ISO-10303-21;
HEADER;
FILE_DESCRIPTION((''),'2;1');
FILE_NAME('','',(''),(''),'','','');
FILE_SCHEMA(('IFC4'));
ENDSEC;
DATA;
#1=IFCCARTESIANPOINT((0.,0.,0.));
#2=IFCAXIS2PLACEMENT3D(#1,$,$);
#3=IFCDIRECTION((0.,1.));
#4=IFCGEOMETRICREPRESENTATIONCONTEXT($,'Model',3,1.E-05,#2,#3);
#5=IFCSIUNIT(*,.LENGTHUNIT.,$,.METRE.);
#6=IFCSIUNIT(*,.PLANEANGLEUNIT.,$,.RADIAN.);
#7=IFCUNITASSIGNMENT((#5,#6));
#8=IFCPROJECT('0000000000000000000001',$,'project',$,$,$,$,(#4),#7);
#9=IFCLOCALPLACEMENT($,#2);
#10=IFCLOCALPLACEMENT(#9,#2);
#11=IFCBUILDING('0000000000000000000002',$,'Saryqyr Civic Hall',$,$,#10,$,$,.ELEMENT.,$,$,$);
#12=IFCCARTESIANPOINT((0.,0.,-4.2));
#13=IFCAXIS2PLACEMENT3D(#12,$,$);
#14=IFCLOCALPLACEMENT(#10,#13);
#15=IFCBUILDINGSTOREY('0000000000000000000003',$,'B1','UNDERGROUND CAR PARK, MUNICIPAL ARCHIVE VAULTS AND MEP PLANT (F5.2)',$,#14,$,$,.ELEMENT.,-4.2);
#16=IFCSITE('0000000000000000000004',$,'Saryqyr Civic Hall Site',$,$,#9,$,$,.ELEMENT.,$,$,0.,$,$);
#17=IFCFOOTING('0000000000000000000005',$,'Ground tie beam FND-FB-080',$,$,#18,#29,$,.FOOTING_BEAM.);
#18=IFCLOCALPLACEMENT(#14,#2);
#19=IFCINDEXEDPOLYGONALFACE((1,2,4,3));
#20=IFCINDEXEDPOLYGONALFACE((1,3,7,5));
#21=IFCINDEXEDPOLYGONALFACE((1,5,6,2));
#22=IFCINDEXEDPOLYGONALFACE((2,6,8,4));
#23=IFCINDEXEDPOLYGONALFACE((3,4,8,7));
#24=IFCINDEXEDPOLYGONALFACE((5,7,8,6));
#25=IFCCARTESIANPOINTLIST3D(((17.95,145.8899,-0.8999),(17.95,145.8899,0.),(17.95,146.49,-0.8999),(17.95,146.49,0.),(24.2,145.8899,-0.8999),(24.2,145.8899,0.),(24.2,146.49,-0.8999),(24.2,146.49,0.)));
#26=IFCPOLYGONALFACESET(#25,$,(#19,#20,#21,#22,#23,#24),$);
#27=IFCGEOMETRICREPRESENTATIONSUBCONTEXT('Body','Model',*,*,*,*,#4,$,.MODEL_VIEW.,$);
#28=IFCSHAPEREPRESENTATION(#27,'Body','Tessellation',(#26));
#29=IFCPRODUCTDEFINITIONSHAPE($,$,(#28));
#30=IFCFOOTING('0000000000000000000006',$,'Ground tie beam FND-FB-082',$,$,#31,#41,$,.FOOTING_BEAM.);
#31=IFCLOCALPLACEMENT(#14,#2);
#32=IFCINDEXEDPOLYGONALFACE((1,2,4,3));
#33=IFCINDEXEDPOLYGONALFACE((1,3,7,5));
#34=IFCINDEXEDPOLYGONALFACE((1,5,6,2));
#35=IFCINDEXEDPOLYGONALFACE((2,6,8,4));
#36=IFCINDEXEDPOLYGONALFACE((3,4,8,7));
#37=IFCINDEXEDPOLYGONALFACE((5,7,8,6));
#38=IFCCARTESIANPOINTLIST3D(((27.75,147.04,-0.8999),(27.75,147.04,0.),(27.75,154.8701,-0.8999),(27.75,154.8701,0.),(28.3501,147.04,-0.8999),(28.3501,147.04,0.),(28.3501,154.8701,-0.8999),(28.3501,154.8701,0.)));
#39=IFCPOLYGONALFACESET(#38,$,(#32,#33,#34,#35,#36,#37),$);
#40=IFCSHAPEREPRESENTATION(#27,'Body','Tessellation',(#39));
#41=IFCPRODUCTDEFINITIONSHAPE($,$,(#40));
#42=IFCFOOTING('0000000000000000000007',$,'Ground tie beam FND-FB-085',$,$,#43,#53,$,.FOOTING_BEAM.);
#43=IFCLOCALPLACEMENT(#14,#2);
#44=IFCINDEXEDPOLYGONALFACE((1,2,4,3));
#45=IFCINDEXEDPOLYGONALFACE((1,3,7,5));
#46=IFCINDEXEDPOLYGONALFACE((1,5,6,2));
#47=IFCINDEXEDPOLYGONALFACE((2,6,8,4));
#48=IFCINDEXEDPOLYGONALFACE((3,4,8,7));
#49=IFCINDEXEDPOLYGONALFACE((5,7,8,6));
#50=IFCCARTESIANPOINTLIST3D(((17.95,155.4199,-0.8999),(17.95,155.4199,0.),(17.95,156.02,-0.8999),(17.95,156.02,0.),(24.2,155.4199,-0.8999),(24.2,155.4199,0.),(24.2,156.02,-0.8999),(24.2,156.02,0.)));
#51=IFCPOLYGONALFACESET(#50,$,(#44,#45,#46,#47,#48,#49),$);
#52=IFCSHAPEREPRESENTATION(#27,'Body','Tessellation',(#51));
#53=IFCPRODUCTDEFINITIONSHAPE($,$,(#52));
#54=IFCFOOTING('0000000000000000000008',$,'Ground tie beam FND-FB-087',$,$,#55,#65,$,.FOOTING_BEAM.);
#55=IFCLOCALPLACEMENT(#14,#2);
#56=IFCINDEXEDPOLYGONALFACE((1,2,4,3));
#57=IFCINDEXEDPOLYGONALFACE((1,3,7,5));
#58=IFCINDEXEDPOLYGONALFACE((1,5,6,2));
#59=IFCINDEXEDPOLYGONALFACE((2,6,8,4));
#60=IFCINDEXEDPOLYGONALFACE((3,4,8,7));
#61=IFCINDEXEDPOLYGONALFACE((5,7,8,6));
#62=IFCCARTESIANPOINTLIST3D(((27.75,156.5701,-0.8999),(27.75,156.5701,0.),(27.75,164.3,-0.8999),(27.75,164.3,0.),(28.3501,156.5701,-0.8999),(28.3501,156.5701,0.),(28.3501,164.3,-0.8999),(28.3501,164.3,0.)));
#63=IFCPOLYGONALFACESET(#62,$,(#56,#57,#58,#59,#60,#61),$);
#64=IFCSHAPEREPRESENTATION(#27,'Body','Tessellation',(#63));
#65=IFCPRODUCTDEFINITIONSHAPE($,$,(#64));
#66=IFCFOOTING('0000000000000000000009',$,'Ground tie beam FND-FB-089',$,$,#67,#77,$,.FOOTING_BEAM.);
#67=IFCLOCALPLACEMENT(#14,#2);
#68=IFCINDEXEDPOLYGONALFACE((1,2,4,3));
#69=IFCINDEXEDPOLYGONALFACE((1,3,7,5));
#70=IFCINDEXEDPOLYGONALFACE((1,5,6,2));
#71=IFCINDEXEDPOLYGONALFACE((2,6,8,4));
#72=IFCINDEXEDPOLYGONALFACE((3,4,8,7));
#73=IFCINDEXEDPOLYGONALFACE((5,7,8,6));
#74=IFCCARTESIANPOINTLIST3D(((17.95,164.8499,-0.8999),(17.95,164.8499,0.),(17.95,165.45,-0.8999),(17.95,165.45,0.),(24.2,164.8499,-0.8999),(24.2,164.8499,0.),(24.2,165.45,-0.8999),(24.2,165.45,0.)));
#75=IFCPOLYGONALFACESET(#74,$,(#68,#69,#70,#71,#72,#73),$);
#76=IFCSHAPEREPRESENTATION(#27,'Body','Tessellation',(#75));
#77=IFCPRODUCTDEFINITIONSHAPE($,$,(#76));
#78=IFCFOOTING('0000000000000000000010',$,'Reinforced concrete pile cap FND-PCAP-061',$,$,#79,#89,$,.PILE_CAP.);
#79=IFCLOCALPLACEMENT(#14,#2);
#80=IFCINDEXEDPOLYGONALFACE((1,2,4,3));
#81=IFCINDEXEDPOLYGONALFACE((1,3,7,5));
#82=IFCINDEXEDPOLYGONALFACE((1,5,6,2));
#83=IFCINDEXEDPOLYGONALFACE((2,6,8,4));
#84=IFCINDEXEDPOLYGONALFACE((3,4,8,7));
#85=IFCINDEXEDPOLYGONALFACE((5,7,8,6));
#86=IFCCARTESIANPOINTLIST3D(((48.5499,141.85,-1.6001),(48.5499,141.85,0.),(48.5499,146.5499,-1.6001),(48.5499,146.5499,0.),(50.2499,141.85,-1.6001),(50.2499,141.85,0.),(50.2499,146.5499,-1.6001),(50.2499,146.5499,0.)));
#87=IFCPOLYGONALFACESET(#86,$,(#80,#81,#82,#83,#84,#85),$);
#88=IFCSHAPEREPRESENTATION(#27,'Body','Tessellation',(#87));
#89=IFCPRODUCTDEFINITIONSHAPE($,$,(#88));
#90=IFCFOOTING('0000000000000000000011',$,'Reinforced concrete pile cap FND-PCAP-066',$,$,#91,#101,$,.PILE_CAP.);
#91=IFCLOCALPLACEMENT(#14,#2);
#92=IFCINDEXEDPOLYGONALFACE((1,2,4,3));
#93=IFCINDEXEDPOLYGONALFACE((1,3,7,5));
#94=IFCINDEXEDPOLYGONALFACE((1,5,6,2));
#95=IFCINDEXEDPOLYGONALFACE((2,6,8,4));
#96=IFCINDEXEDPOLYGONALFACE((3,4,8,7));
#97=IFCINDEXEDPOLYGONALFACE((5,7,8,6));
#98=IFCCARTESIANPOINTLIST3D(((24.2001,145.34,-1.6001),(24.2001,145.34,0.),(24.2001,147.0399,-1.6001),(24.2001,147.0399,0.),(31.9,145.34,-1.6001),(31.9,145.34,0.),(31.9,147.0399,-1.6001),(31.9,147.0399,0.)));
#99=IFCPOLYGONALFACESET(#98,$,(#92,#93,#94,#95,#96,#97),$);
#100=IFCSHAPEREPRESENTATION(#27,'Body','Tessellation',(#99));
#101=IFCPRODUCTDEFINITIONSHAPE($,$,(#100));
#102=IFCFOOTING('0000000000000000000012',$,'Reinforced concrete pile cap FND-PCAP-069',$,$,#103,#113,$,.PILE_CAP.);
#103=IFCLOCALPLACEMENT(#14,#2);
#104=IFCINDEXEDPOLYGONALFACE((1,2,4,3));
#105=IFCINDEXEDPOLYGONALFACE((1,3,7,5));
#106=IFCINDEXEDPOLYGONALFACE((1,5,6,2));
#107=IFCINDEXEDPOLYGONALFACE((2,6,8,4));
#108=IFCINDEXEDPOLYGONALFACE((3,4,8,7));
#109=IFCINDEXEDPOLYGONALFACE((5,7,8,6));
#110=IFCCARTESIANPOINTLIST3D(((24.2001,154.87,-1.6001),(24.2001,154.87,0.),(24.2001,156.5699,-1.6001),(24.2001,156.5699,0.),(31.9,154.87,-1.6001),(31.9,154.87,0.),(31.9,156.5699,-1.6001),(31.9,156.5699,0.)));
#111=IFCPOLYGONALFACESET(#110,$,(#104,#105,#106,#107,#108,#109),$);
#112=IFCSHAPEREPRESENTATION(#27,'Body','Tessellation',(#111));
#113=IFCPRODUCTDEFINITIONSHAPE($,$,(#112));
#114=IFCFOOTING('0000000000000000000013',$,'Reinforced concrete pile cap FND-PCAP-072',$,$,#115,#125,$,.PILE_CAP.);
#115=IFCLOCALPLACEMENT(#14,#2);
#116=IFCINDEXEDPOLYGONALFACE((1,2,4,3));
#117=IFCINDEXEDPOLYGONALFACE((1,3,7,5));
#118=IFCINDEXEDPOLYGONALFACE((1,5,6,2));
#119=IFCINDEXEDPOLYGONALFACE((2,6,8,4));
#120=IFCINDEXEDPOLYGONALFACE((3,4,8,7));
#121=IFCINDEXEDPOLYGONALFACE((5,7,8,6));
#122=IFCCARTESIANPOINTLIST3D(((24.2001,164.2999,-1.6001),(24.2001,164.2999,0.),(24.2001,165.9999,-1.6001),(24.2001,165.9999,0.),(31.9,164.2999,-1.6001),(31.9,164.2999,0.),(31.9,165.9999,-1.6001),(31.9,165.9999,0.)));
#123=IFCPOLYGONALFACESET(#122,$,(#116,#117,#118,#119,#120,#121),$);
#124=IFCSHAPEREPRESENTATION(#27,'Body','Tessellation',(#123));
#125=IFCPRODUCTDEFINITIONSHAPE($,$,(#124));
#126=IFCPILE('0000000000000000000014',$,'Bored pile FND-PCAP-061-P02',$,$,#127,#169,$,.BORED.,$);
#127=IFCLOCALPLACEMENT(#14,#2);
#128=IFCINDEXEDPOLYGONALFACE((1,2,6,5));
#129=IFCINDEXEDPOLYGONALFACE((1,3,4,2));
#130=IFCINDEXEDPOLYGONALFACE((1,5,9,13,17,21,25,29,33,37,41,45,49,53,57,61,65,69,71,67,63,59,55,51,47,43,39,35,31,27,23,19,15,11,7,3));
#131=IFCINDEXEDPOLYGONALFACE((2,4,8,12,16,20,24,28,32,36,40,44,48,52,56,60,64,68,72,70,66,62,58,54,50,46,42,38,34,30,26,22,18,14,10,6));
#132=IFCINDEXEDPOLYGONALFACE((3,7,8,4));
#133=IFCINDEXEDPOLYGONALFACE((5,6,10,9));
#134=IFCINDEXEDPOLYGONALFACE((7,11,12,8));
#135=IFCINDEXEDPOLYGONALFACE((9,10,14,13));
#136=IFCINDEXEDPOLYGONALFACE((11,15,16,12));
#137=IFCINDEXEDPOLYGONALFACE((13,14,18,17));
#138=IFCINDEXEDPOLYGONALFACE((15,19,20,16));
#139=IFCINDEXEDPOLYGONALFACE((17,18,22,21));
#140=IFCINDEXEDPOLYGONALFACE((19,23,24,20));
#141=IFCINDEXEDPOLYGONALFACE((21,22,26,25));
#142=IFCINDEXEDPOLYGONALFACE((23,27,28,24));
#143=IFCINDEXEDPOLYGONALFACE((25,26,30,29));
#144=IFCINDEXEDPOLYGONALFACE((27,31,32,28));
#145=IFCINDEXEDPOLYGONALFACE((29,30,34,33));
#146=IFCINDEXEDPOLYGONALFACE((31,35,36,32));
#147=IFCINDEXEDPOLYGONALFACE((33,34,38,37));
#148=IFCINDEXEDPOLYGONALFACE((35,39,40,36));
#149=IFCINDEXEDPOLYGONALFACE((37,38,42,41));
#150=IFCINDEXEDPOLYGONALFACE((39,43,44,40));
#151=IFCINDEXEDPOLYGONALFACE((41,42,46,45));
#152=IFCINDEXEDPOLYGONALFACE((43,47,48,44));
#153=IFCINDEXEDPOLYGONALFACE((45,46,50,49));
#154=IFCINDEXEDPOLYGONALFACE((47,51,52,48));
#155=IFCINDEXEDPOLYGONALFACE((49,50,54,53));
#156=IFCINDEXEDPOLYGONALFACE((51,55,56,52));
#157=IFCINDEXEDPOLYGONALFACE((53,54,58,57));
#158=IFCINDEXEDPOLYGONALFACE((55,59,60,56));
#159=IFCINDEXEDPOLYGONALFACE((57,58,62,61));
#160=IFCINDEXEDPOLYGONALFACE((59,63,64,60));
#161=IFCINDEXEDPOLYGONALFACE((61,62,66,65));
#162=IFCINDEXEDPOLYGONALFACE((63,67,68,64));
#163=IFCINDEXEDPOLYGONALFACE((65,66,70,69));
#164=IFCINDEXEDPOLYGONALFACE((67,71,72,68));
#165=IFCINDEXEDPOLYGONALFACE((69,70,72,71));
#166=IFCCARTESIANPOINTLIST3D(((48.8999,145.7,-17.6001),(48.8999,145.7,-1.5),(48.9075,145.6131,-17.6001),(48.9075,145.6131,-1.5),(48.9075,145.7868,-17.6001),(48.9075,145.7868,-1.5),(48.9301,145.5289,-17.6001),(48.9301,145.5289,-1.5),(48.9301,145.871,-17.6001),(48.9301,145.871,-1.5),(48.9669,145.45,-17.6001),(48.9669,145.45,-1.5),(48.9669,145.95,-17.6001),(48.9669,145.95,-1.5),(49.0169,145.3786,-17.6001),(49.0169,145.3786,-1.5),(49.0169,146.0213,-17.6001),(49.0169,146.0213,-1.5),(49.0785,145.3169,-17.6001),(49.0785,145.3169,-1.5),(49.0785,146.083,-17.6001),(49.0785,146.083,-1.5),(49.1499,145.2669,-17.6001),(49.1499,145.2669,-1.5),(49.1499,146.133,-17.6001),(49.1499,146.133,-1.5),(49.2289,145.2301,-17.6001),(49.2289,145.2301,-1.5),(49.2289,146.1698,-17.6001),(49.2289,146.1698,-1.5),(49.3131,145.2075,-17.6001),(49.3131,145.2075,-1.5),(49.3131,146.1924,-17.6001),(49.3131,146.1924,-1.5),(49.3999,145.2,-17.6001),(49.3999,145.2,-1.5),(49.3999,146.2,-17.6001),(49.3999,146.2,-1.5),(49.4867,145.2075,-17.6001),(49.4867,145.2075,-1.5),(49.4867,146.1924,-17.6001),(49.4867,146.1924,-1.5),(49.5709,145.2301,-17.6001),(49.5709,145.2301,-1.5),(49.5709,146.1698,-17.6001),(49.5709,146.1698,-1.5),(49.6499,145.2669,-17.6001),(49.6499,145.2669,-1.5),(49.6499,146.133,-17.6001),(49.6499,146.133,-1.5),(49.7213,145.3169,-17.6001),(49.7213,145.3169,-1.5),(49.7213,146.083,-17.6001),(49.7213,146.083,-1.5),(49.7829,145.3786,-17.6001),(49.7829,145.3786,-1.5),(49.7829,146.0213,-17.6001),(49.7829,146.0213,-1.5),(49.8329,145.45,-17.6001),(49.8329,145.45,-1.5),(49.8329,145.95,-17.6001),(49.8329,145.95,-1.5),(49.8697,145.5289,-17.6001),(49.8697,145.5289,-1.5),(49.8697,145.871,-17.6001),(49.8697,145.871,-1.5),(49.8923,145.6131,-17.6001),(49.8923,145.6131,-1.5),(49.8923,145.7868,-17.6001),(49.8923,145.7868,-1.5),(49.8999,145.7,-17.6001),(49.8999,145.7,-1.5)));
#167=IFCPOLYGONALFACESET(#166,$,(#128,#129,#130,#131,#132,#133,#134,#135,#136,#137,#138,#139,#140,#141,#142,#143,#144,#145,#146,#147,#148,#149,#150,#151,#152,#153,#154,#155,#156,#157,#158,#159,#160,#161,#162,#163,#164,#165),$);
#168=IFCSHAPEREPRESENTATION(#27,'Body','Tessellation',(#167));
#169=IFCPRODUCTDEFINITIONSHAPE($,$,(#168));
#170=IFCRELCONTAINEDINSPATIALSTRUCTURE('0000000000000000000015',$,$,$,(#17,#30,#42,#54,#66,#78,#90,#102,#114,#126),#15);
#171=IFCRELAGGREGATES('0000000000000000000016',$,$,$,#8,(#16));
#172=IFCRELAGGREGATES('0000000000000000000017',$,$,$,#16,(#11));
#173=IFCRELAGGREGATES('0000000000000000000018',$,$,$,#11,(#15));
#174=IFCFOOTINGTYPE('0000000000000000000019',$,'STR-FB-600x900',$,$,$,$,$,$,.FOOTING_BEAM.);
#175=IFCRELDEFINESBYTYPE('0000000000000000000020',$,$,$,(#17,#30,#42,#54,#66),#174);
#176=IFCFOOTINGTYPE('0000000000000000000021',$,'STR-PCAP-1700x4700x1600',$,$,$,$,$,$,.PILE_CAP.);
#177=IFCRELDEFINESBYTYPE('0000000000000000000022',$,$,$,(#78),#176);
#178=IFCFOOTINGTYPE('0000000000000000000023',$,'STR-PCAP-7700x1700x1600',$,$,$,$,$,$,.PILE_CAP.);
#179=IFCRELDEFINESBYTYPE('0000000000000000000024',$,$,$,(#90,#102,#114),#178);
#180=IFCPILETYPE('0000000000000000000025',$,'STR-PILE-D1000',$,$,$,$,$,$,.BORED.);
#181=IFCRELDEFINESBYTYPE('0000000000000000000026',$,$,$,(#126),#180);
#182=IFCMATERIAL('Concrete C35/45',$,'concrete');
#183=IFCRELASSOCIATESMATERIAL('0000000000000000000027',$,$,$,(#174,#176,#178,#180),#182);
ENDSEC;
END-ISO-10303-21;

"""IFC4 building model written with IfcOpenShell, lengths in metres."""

from ifc_helpers import new_model, si_unit, direction, frame, origin, origin_2d, place, context, subcontext, project, spatial, rectangle, circle, extrude, material, material_profile, profile_set, type_object, element, save


model = new_model("IFC4")

# Units and contexts
model_context = context("Model", 3, precision=1e-05, world=origin(), true_north=direction((0.0, 1.0)))
body_context = subcontext(model_context, "Body", "Model", "MODEL_VIEW")
ifc_project = project(units=[si_unit("LENGTHUNIT", "METRE"), si_unit("PLANEANGLEUNIT", "RADIAN")], contexts=[model_context])

# Site, building, storey
site_placement = place(None, origin())
site = spatial("IfcSite", under=ifc_project, at=site_placement, Name="Saryqyr Civic Hall Site", CompositionType="ELEMENT", RefElevation=0.0)
building_placement = place(site_placement, origin())
building = spatial("IfcBuilding", under=site, at=building_placement, Name="Saryqyr Civic Hall", CompositionType="ELEMENT")
storey_placement = place(building_placement, frame((0.0, 0.0, -4.2)))
storey = spatial("IfcBuildingStorey", under=building, at=storey_placement, Name="B1", Description="UNDERGROUND CAR PARK, MUNICIPAL ARCHIVE VAULTS AND MEP PLANT (F5.2)", CompositionType="ELEMENT", Elevation=-4.2)

# Footings
ifc_material_1 = material(Name="Concrete C35/45", Category="concrete")
footing_type_1 = type_object("IfcFootingType", Name="STR-FB-600x900", PredefinedType="FOOTING_BEAM", material=ifc_material_1)
footing_1_placement = place(storey_placement, frame((21.075, 146.1899, -0.8999), z_axis=(0.0, 0.0, 1.0), x_axis=(1.0, 0.0, 0.0)))
element("IfcFooting", 1, at=footing_1_placement, inside=storey, type_object=footing_type_1, Name="Ground tie beam FND-FB-080", PredefinedType="FOOTING_BEAM", context=body_context, shape_type="SweptSolid", body=[
    extrude(rectangle(XDim=6.25, YDim=0.6001, at=origin_2d()), origin(), (0.0, 0.0, 1.0), 0.8999),
])
footing_2_placement = place(storey_placement, frame((28.05, 150.9551, -0.8999), z_axis=(0.0, 0.0, 1.0), x_axis=(1.0, 0.0, 0.0)))
element("IfcFooting", 2, at=footing_2_placement, inside=storey, type_object=footing_type_1, Name="Ground tie beam FND-FB-082", PredefinedType="FOOTING_BEAM", context=body_context, shape_type="SweptSolid", body=[
    extrude(rectangle(XDim=0.6001, YDim=7.8301, at=origin_2d()), origin(), (0.0, 0.0, 1.0), 0.8999),
])
footing_3_placement = place(storey_placement, frame((21.075, 155.72, -0.8999), z_axis=(0.0, 0.0, 1.0), x_axis=(1.0, 0.0, 0.0)))
element("IfcFooting", 3, at=footing_3_placement, inside=storey, type_object=footing_type_1, Name="Ground tie beam FND-FB-085", PredefinedType="FOOTING_BEAM", context=body_context, shape_type="SweptSolid", body=[
    extrude(rectangle(XDim=6.25, YDim=0.6001, at=origin_2d()), origin(), (0.0, 0.0, 1.0), 0.8999),
])
footing_4_placement = place(storey_placement, frame((28.05, 160.4351, -0.8999), z_axis=(0.0, 0.0, 1.0), x_axis=(1.0, 0.0, 0.0)))
element("IfcFooting", 4, at=footing_4_placement, inside=storey, type_object=footing_type_1, Name="Ground tie beam FND-FB-087", PredefinedType="FOOTING_BEAM", context=body_context, shape_type="SweptSolid", body=[
    extrude(rectangle(XDim=0.6001, YDim=7.73, at=origin_2d()), origin(), (0.0, 0.0, 1.0), 0.8999),
])
footing_5_placement = place(storey_placement, frame((21.075, 165.1499, -0.8999), z_axis=(0.0, 0.0, 1.0), x_axis=(1.0, 0.0, 0.0)))
element("IfcFooting", 5, at=footing_5_placement, inside=storey, type_object=footing_type_1, Name="Ground tie beam FND-FB-089", PredefinedType="FOOTING_BEAM", context=body_context, shape_type="SweptSolid", body=[
    extrude(rectangle(XDim=6.25, YDim=0.6001, at=origin_2d()), origin(), (0.0, 0.0, 1.0), 0.8999),
])
footing_type_2 = type_object("IfcFootingType", Name="STR-PCAP-1700x4700x1600", PredefinedType="PILE_CAP", material=ifc_material_1)
footing_6_placement = place(storey_placement, frame((49.3999, 144.2, -1.6001), z_axis=(0.0, 0.0, 1.0), x_axis=(1.0, 0.0, 0.0)))
element("IfcFooting", 6, at=footing_6_placement, inside=storey, type_object=footing_type_2, Name="Reinforced concrete pile cap FND-PCAP-061", PredefinedType="PILE_CAP", context=body_context, shape_type="SweptSolid", body=[
    extrude(rectangle(XDim=1.7, YDim=4.7, at=origin_2d()), origin(), (0.0, 0.0, 1.0), 1.6001),
])
footing_type_3 = type_object("IfcFootingType", Name="STR-PCAP-7700x1700x1600", PredefinedType="PILE_CAP", material=ifc_material_1)
for number, where, z_axis, x_axis, name in (
    (7, (28.05, 146.1899, -1.6001), (0.0, 0.0, 1.0), (1.0, 0.0, 0.0), "Reinforced concrete pile cap FND-PCAP-066"),
    (8, (28.05, 155.72, -1.6001), (0.0, 0.0, 1.0), (1.0, 0.0, 0.0), "Reinforced concrete pile cap FND-PCAP-069"),
    (9, (28.05, 165.1499, -1.6001), (0.0, 0.0, 1.0), (1.0, 0.0, 0.0), "Reinforced concrete pile cap FND-PCAP-072"),
):
    element("IfcFooting", number, at=place(storey_placement, frame(where, z_axis=z_axis, x_axis=x_axis)), inside=storey, type_object=footing_type_3, Name=name, PredefinedType="PILE_CAP", context=body_context, shape_type="SweptSolid", body=[
        extrude(rectangle(XDim=7.7, YDim=1.7, at=origin_2d()), origin(), (0.0, 0.0, 1.0), 1.6001),
    ])

# Pile
ifc_material_profile_1 = material_profile(ifc_material_1, circle(Radius=0.5, at=origin_2d()), Name="BORED PILE D1000")
ifc_profile_set_1 = profile_set([ifc_material_profile_1], Name="Concrete C35/45")
pile_type = type_object("IfcPileType", Name="STR-PILE-D1000", PredefinedType="BORED", material=ifc_profile_set_1)
for number, where, z_axis, x_axis, name in (
    (10, (49.3999, 145.7, -1.5), (0.0, 0.0, -1.0), (1.0, 0.0, 0.0), "Bored pile FND-PCAP-061-P02"),
):
    element("IfcPile", number, at=place(storey_placement, frame(where, z_axis=z_axis, x_axis=x_axis)), inside=storey, type_object=pile_type, Name=name, PredefinedType="BORED", context=body_context, shape_type="SweptSolid", body=[
        extrude(circle(Radius=0.5, at=origin_2d()), origin(), (0.0, 0.0, 1.0), 16.1001),
    ])

save(model, "model.ifc")
